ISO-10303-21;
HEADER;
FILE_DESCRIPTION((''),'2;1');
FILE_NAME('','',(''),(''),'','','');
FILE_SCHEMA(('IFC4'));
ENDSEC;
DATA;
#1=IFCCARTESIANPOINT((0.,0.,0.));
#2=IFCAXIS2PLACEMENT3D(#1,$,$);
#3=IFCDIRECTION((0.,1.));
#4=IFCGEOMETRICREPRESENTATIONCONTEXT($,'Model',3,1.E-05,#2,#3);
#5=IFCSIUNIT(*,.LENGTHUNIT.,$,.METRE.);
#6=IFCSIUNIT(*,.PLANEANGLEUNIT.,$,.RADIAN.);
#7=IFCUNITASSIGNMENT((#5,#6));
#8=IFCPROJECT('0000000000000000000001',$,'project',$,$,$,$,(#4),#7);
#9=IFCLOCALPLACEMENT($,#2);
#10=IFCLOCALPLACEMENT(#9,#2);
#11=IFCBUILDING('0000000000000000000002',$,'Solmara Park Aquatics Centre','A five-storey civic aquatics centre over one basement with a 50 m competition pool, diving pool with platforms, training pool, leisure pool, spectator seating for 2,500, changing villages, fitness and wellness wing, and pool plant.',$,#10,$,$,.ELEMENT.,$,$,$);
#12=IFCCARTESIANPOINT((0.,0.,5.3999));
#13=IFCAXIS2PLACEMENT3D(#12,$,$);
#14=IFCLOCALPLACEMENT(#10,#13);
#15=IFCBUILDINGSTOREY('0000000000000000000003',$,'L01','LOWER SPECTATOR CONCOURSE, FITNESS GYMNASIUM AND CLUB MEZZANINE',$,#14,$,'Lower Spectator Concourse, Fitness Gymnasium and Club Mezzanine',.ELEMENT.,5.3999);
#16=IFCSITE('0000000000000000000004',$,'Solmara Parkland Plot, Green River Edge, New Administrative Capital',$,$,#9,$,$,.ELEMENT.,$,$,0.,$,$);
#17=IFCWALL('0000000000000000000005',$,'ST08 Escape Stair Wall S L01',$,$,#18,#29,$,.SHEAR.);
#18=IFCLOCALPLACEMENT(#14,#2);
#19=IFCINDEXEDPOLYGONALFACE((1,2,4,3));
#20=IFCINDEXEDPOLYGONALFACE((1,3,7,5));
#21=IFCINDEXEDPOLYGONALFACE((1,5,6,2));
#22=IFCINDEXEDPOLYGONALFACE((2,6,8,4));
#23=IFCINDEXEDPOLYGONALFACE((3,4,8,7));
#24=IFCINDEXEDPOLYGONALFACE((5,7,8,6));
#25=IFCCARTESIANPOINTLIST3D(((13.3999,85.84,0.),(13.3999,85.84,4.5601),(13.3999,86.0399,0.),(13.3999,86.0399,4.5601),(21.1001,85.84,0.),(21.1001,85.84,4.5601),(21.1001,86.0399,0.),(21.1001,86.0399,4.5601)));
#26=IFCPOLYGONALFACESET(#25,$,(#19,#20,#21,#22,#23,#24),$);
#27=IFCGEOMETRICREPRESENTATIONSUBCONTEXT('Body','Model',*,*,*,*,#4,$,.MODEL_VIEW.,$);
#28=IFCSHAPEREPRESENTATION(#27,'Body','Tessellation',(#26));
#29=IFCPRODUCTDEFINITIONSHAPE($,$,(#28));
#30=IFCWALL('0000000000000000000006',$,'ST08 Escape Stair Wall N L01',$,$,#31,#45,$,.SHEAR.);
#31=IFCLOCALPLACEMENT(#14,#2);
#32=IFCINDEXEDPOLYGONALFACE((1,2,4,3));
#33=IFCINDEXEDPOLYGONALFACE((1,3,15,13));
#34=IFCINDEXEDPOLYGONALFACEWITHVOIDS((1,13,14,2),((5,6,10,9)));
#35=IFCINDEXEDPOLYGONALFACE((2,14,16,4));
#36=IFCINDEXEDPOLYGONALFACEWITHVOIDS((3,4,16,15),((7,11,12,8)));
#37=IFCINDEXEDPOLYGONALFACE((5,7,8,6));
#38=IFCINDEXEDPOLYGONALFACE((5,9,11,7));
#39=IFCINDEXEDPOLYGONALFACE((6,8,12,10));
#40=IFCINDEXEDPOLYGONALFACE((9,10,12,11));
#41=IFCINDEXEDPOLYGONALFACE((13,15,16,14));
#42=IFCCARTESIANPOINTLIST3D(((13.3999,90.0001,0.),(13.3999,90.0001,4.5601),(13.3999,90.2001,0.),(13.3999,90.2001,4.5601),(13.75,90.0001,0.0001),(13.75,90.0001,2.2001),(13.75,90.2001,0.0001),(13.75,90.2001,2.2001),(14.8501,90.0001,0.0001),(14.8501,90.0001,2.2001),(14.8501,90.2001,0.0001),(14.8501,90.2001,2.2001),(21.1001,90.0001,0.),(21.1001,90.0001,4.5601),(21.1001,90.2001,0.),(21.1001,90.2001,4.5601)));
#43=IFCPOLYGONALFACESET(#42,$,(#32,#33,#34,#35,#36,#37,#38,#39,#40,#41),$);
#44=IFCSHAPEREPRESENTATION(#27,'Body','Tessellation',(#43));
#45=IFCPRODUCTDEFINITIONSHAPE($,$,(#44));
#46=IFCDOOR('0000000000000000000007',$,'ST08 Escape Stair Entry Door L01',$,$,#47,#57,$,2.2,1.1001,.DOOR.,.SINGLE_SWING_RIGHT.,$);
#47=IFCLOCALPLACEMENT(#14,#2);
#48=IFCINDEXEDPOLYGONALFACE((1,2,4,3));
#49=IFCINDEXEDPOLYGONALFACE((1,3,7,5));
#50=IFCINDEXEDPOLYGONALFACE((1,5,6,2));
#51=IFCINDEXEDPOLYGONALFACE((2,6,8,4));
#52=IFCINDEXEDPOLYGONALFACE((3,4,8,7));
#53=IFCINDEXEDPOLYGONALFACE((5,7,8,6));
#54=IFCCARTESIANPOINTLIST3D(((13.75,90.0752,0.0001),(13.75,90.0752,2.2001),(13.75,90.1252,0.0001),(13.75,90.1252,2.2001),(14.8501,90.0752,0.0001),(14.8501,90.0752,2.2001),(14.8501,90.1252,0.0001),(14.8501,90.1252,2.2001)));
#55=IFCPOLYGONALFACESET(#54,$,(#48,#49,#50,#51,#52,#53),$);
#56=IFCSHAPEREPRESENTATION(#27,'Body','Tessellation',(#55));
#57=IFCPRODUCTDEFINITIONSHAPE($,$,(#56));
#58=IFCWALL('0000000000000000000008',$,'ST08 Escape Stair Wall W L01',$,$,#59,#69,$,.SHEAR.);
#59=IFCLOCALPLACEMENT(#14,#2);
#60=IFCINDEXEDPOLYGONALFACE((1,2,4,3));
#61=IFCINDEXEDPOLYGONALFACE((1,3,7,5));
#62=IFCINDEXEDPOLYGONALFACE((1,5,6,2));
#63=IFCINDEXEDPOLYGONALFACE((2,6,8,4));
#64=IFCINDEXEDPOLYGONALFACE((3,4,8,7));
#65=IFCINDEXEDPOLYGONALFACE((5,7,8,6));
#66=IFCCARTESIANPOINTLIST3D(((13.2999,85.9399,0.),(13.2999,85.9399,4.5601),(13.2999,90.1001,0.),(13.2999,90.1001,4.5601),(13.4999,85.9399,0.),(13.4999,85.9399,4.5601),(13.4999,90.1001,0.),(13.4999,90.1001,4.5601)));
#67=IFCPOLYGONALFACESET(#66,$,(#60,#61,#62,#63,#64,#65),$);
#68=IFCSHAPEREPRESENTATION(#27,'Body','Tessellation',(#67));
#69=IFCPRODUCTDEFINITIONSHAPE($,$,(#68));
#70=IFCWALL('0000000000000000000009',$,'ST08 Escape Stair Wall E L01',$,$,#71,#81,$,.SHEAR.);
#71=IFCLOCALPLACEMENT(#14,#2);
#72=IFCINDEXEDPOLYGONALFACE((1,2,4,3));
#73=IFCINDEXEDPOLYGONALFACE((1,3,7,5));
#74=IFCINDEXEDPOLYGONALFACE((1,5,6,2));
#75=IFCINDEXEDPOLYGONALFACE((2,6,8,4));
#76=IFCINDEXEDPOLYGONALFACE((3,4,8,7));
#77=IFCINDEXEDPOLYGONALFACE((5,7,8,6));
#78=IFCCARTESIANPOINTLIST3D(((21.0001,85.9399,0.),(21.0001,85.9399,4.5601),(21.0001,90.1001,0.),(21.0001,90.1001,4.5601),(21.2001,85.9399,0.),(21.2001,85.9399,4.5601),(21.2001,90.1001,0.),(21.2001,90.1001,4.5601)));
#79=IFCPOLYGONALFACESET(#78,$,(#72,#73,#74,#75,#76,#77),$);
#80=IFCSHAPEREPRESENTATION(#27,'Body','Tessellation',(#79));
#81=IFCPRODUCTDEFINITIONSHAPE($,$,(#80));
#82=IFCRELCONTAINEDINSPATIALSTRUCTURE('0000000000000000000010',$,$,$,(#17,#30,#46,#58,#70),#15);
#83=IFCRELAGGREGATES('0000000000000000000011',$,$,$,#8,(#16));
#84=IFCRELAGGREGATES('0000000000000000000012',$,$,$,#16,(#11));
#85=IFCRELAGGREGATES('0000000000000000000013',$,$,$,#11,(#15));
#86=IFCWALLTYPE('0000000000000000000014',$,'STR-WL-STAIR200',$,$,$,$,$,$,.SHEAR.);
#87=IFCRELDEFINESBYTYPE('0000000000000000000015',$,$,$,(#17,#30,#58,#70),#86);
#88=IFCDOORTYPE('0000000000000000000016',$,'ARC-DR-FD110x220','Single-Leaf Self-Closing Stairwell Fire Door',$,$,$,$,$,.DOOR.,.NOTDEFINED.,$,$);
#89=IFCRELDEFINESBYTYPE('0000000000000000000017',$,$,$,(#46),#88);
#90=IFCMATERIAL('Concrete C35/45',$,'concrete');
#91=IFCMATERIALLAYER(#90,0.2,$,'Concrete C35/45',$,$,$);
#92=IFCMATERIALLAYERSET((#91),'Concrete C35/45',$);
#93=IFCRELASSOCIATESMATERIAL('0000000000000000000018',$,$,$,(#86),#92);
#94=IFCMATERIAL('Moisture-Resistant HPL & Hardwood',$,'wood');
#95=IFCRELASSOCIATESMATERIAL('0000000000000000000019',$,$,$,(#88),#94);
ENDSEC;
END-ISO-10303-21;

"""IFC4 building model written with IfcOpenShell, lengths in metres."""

from ifc_helpers import new_model, si_unit, direction, frame, frame_2d, origin, place, context, subcontext, project, spatial, rectangle, extrude, material, layer, layer_set, type_object, element, fill, save


model = new_model("IFC4")

# Units and contexts
model_context = context("Model", 3, precision=1e-05, world=origin(), true_north=direction((0.0, 1.0)))
body_context = subcontext(model_context, "Body", "Model", "MODEL_VIEW")
ifc_project = project(units=[si_unit("LENGTHUNIT", "METRE"), si_unit("PLANEANGLEUNIT", "RADIAN")], contexts=[model_context])

# Site, building, storey
site_placement = place(None, origin())
site = spatial("IfcSite", under=ifc_project, at=site_placement, Name="Solmara Parkland Plot, Green River Edge, New Administrative Capital", CompositionType="ELEMENT", RefElevation=0.0)
building_placement = place(site_placement, origin())
building = spatial("IfcBuilding", under=site, at=building_placement, Name="Solmara Park Aquatics Centre", Description="A five-storey civic aquatics centre over one basement with a 50 m competition pool, diving pool with platforms, training pool, leisure pool, spectator seating for 2,500, changing villages, fitness and wellness wing, and pool plant.", CompositionType="ELEMENT")
storey_placement = place(building_placement, frame((0.0, 0.0, 5.3999)))
storey = spatial("IfcBuildingStorey", under=building, at=storey_placement, Name="L01", Description="LOWER SPECTATOR CONCOURSE, FITNESS GYMNASIUM AND CLUB MEZZANINE", LongName="Lower Spectator Concourse, Fitness Gymnasium and Club Mezzanine", CompositionType="ELEMENT", Elevation=5.3999)

# Wall
ifc_material_1 = material(Name="Concrete C35/45", Category="concrete")
ifc_layer_1 = layer(ifc_material_1, 0.2, Name="Concrete C35/45")
ifc_layer_set_1 = layer_set([ifc_layer_1], Name="Concrete C35/45")
wall_type = type_object("IfcWallType", Name="STR-WL-STAIR200", PredefinedType="SHEAR", material=ifc_layer_set_1)
wall_1_placement = place(storey_placement, frame((13.3999, 85.9399, 0.0), z_axis=(0.0, 0.0, 1.0), x_axis=(1.0, 0.0, 0.0)))
element("IfcWall", 1, at=wall_1_placement, inside=storey, type_object=wall_type, Name="ST08 Escape Stair Wall S L01", PredefinedType="SHEAR", context=body_context, shape_type="SweptSolid", body=[
    extrude(rectangle(XDim=7.7002, YDim=0.2, at=frame_2d((3.8501, 0.0))), origin(), (0.0, 0.0, 1.0), 4.5601),
])

# Wall, opening, door
wall_2_placement = place(storey_placement, frame((13.3999, 90.1001, 0.0), z_axis=(0.0, 0.0, 1.0), x_axis=(1.0, 0.0, 0.0)))
wall_2 = element("IfcWall", 2, at=wall_2_placement, inside=storey, type_object=wall_type, Name="ST08 Escape Stair Wall N L01", PredefinedType="SHEAR", context=body_context, shape_type="SweptSolid", body=[
    extrude(rectangle(XDim=7.7002, YDim=0.2, at=frame_2d((3.8501, 0.0))), origin(), (0.0, 0.0, 1.0), 4.5601),
])
opening_placement = place(wall_2_placement, frame((0.3501, 0.0, 0.0)))
opening = element("IfcOpeningElement", 3, at=opening_placement, cuts=wall_2, PredefinedType="OPENING", context=body_context, shape_type="SweptSolid", body=[
    extrude(rectangle(XDim=1.1001, YDim=2.2, at=frame_2d((0.55, 1.1001))), frame((0.0, 0.1099, 0.0), z_axis=(0.0, -1.0, 0.0), x_axis=(1.0, 0.0, 0.0)), (0.0, 0.0, 1.0), 0.22),
])
ifc_material_2 = material(Name="Moisture-Resistant HPL & Hardwood", Category="wood")
door_type = type_object("IfcDoorType", Name="ARC-DR-FD110x220", Description="Single-Leaf Self-Closing Stairwell Fire Door", OperationType="NOTDEFINED", PredefinedType="DOOR", material=ifc_material_2)
door_placement = place(opening_placement, frame((1.1001, 0.0, 0.0), z_axis=(0.0, 0.0, 1.0), x_axis=(-1.0, 0.0, 0.0)))
door = element("IfcDoor", 4, at=door_placement, inside=storey, type_object=door_type, Name="ST08 Escape Stair Entry Door L01", OperationType="SINGLE_SWING_RIGHT", OverallHeight=2.2, OverallWidth=1.1001, PredefinedType="DOOR", context=body_context, shape_type="SweptSolid", body=[
    extrude(rectangle(XDim=1.1001, YDim=2.2, at=frame_2d((0.55, 1.1001))), frame((0.0, 0.0249, 0.0), z_axis=(0.0, -1.0, 0.0), x_axis=(1.0, 0.0, 0.0)), (0.0, 0.0, 1.0), 0.05),
])
fill(opening, door)

# Walls
for number, where, z_axis, x_axis, name in (
    (5, (13.3999, 85.9399, 0.0), (0.0, 0.0, 1.0), (0.0, 1.0, 0.0), "ST08 Escape Stair Wall W L01"),
    (6, (21.1001, 85.9399, 0.0), (0.0, 0.0, 1.0), (0.0, 1.0, 0.0), "ST08 Escape Stair Wall E L01"),
):
    element("IfcWall", number, at=place(storey_placement, frame(where, z_axis=z_axis, x_axis=x_axis)), inside=storey, type_object=wall_type, Name=name, PredefinedType="SHEAR", context=body_context, shape_type="SweptSolid", body=[
        extrude(rectangle(XDim=4.1602, YDim=0.2, at=frame_2d((2.0801, 0.0))), origin(), (0.0, 0.0, 1.0), 4.5601),
    ])

save(model, "model.ifc")
